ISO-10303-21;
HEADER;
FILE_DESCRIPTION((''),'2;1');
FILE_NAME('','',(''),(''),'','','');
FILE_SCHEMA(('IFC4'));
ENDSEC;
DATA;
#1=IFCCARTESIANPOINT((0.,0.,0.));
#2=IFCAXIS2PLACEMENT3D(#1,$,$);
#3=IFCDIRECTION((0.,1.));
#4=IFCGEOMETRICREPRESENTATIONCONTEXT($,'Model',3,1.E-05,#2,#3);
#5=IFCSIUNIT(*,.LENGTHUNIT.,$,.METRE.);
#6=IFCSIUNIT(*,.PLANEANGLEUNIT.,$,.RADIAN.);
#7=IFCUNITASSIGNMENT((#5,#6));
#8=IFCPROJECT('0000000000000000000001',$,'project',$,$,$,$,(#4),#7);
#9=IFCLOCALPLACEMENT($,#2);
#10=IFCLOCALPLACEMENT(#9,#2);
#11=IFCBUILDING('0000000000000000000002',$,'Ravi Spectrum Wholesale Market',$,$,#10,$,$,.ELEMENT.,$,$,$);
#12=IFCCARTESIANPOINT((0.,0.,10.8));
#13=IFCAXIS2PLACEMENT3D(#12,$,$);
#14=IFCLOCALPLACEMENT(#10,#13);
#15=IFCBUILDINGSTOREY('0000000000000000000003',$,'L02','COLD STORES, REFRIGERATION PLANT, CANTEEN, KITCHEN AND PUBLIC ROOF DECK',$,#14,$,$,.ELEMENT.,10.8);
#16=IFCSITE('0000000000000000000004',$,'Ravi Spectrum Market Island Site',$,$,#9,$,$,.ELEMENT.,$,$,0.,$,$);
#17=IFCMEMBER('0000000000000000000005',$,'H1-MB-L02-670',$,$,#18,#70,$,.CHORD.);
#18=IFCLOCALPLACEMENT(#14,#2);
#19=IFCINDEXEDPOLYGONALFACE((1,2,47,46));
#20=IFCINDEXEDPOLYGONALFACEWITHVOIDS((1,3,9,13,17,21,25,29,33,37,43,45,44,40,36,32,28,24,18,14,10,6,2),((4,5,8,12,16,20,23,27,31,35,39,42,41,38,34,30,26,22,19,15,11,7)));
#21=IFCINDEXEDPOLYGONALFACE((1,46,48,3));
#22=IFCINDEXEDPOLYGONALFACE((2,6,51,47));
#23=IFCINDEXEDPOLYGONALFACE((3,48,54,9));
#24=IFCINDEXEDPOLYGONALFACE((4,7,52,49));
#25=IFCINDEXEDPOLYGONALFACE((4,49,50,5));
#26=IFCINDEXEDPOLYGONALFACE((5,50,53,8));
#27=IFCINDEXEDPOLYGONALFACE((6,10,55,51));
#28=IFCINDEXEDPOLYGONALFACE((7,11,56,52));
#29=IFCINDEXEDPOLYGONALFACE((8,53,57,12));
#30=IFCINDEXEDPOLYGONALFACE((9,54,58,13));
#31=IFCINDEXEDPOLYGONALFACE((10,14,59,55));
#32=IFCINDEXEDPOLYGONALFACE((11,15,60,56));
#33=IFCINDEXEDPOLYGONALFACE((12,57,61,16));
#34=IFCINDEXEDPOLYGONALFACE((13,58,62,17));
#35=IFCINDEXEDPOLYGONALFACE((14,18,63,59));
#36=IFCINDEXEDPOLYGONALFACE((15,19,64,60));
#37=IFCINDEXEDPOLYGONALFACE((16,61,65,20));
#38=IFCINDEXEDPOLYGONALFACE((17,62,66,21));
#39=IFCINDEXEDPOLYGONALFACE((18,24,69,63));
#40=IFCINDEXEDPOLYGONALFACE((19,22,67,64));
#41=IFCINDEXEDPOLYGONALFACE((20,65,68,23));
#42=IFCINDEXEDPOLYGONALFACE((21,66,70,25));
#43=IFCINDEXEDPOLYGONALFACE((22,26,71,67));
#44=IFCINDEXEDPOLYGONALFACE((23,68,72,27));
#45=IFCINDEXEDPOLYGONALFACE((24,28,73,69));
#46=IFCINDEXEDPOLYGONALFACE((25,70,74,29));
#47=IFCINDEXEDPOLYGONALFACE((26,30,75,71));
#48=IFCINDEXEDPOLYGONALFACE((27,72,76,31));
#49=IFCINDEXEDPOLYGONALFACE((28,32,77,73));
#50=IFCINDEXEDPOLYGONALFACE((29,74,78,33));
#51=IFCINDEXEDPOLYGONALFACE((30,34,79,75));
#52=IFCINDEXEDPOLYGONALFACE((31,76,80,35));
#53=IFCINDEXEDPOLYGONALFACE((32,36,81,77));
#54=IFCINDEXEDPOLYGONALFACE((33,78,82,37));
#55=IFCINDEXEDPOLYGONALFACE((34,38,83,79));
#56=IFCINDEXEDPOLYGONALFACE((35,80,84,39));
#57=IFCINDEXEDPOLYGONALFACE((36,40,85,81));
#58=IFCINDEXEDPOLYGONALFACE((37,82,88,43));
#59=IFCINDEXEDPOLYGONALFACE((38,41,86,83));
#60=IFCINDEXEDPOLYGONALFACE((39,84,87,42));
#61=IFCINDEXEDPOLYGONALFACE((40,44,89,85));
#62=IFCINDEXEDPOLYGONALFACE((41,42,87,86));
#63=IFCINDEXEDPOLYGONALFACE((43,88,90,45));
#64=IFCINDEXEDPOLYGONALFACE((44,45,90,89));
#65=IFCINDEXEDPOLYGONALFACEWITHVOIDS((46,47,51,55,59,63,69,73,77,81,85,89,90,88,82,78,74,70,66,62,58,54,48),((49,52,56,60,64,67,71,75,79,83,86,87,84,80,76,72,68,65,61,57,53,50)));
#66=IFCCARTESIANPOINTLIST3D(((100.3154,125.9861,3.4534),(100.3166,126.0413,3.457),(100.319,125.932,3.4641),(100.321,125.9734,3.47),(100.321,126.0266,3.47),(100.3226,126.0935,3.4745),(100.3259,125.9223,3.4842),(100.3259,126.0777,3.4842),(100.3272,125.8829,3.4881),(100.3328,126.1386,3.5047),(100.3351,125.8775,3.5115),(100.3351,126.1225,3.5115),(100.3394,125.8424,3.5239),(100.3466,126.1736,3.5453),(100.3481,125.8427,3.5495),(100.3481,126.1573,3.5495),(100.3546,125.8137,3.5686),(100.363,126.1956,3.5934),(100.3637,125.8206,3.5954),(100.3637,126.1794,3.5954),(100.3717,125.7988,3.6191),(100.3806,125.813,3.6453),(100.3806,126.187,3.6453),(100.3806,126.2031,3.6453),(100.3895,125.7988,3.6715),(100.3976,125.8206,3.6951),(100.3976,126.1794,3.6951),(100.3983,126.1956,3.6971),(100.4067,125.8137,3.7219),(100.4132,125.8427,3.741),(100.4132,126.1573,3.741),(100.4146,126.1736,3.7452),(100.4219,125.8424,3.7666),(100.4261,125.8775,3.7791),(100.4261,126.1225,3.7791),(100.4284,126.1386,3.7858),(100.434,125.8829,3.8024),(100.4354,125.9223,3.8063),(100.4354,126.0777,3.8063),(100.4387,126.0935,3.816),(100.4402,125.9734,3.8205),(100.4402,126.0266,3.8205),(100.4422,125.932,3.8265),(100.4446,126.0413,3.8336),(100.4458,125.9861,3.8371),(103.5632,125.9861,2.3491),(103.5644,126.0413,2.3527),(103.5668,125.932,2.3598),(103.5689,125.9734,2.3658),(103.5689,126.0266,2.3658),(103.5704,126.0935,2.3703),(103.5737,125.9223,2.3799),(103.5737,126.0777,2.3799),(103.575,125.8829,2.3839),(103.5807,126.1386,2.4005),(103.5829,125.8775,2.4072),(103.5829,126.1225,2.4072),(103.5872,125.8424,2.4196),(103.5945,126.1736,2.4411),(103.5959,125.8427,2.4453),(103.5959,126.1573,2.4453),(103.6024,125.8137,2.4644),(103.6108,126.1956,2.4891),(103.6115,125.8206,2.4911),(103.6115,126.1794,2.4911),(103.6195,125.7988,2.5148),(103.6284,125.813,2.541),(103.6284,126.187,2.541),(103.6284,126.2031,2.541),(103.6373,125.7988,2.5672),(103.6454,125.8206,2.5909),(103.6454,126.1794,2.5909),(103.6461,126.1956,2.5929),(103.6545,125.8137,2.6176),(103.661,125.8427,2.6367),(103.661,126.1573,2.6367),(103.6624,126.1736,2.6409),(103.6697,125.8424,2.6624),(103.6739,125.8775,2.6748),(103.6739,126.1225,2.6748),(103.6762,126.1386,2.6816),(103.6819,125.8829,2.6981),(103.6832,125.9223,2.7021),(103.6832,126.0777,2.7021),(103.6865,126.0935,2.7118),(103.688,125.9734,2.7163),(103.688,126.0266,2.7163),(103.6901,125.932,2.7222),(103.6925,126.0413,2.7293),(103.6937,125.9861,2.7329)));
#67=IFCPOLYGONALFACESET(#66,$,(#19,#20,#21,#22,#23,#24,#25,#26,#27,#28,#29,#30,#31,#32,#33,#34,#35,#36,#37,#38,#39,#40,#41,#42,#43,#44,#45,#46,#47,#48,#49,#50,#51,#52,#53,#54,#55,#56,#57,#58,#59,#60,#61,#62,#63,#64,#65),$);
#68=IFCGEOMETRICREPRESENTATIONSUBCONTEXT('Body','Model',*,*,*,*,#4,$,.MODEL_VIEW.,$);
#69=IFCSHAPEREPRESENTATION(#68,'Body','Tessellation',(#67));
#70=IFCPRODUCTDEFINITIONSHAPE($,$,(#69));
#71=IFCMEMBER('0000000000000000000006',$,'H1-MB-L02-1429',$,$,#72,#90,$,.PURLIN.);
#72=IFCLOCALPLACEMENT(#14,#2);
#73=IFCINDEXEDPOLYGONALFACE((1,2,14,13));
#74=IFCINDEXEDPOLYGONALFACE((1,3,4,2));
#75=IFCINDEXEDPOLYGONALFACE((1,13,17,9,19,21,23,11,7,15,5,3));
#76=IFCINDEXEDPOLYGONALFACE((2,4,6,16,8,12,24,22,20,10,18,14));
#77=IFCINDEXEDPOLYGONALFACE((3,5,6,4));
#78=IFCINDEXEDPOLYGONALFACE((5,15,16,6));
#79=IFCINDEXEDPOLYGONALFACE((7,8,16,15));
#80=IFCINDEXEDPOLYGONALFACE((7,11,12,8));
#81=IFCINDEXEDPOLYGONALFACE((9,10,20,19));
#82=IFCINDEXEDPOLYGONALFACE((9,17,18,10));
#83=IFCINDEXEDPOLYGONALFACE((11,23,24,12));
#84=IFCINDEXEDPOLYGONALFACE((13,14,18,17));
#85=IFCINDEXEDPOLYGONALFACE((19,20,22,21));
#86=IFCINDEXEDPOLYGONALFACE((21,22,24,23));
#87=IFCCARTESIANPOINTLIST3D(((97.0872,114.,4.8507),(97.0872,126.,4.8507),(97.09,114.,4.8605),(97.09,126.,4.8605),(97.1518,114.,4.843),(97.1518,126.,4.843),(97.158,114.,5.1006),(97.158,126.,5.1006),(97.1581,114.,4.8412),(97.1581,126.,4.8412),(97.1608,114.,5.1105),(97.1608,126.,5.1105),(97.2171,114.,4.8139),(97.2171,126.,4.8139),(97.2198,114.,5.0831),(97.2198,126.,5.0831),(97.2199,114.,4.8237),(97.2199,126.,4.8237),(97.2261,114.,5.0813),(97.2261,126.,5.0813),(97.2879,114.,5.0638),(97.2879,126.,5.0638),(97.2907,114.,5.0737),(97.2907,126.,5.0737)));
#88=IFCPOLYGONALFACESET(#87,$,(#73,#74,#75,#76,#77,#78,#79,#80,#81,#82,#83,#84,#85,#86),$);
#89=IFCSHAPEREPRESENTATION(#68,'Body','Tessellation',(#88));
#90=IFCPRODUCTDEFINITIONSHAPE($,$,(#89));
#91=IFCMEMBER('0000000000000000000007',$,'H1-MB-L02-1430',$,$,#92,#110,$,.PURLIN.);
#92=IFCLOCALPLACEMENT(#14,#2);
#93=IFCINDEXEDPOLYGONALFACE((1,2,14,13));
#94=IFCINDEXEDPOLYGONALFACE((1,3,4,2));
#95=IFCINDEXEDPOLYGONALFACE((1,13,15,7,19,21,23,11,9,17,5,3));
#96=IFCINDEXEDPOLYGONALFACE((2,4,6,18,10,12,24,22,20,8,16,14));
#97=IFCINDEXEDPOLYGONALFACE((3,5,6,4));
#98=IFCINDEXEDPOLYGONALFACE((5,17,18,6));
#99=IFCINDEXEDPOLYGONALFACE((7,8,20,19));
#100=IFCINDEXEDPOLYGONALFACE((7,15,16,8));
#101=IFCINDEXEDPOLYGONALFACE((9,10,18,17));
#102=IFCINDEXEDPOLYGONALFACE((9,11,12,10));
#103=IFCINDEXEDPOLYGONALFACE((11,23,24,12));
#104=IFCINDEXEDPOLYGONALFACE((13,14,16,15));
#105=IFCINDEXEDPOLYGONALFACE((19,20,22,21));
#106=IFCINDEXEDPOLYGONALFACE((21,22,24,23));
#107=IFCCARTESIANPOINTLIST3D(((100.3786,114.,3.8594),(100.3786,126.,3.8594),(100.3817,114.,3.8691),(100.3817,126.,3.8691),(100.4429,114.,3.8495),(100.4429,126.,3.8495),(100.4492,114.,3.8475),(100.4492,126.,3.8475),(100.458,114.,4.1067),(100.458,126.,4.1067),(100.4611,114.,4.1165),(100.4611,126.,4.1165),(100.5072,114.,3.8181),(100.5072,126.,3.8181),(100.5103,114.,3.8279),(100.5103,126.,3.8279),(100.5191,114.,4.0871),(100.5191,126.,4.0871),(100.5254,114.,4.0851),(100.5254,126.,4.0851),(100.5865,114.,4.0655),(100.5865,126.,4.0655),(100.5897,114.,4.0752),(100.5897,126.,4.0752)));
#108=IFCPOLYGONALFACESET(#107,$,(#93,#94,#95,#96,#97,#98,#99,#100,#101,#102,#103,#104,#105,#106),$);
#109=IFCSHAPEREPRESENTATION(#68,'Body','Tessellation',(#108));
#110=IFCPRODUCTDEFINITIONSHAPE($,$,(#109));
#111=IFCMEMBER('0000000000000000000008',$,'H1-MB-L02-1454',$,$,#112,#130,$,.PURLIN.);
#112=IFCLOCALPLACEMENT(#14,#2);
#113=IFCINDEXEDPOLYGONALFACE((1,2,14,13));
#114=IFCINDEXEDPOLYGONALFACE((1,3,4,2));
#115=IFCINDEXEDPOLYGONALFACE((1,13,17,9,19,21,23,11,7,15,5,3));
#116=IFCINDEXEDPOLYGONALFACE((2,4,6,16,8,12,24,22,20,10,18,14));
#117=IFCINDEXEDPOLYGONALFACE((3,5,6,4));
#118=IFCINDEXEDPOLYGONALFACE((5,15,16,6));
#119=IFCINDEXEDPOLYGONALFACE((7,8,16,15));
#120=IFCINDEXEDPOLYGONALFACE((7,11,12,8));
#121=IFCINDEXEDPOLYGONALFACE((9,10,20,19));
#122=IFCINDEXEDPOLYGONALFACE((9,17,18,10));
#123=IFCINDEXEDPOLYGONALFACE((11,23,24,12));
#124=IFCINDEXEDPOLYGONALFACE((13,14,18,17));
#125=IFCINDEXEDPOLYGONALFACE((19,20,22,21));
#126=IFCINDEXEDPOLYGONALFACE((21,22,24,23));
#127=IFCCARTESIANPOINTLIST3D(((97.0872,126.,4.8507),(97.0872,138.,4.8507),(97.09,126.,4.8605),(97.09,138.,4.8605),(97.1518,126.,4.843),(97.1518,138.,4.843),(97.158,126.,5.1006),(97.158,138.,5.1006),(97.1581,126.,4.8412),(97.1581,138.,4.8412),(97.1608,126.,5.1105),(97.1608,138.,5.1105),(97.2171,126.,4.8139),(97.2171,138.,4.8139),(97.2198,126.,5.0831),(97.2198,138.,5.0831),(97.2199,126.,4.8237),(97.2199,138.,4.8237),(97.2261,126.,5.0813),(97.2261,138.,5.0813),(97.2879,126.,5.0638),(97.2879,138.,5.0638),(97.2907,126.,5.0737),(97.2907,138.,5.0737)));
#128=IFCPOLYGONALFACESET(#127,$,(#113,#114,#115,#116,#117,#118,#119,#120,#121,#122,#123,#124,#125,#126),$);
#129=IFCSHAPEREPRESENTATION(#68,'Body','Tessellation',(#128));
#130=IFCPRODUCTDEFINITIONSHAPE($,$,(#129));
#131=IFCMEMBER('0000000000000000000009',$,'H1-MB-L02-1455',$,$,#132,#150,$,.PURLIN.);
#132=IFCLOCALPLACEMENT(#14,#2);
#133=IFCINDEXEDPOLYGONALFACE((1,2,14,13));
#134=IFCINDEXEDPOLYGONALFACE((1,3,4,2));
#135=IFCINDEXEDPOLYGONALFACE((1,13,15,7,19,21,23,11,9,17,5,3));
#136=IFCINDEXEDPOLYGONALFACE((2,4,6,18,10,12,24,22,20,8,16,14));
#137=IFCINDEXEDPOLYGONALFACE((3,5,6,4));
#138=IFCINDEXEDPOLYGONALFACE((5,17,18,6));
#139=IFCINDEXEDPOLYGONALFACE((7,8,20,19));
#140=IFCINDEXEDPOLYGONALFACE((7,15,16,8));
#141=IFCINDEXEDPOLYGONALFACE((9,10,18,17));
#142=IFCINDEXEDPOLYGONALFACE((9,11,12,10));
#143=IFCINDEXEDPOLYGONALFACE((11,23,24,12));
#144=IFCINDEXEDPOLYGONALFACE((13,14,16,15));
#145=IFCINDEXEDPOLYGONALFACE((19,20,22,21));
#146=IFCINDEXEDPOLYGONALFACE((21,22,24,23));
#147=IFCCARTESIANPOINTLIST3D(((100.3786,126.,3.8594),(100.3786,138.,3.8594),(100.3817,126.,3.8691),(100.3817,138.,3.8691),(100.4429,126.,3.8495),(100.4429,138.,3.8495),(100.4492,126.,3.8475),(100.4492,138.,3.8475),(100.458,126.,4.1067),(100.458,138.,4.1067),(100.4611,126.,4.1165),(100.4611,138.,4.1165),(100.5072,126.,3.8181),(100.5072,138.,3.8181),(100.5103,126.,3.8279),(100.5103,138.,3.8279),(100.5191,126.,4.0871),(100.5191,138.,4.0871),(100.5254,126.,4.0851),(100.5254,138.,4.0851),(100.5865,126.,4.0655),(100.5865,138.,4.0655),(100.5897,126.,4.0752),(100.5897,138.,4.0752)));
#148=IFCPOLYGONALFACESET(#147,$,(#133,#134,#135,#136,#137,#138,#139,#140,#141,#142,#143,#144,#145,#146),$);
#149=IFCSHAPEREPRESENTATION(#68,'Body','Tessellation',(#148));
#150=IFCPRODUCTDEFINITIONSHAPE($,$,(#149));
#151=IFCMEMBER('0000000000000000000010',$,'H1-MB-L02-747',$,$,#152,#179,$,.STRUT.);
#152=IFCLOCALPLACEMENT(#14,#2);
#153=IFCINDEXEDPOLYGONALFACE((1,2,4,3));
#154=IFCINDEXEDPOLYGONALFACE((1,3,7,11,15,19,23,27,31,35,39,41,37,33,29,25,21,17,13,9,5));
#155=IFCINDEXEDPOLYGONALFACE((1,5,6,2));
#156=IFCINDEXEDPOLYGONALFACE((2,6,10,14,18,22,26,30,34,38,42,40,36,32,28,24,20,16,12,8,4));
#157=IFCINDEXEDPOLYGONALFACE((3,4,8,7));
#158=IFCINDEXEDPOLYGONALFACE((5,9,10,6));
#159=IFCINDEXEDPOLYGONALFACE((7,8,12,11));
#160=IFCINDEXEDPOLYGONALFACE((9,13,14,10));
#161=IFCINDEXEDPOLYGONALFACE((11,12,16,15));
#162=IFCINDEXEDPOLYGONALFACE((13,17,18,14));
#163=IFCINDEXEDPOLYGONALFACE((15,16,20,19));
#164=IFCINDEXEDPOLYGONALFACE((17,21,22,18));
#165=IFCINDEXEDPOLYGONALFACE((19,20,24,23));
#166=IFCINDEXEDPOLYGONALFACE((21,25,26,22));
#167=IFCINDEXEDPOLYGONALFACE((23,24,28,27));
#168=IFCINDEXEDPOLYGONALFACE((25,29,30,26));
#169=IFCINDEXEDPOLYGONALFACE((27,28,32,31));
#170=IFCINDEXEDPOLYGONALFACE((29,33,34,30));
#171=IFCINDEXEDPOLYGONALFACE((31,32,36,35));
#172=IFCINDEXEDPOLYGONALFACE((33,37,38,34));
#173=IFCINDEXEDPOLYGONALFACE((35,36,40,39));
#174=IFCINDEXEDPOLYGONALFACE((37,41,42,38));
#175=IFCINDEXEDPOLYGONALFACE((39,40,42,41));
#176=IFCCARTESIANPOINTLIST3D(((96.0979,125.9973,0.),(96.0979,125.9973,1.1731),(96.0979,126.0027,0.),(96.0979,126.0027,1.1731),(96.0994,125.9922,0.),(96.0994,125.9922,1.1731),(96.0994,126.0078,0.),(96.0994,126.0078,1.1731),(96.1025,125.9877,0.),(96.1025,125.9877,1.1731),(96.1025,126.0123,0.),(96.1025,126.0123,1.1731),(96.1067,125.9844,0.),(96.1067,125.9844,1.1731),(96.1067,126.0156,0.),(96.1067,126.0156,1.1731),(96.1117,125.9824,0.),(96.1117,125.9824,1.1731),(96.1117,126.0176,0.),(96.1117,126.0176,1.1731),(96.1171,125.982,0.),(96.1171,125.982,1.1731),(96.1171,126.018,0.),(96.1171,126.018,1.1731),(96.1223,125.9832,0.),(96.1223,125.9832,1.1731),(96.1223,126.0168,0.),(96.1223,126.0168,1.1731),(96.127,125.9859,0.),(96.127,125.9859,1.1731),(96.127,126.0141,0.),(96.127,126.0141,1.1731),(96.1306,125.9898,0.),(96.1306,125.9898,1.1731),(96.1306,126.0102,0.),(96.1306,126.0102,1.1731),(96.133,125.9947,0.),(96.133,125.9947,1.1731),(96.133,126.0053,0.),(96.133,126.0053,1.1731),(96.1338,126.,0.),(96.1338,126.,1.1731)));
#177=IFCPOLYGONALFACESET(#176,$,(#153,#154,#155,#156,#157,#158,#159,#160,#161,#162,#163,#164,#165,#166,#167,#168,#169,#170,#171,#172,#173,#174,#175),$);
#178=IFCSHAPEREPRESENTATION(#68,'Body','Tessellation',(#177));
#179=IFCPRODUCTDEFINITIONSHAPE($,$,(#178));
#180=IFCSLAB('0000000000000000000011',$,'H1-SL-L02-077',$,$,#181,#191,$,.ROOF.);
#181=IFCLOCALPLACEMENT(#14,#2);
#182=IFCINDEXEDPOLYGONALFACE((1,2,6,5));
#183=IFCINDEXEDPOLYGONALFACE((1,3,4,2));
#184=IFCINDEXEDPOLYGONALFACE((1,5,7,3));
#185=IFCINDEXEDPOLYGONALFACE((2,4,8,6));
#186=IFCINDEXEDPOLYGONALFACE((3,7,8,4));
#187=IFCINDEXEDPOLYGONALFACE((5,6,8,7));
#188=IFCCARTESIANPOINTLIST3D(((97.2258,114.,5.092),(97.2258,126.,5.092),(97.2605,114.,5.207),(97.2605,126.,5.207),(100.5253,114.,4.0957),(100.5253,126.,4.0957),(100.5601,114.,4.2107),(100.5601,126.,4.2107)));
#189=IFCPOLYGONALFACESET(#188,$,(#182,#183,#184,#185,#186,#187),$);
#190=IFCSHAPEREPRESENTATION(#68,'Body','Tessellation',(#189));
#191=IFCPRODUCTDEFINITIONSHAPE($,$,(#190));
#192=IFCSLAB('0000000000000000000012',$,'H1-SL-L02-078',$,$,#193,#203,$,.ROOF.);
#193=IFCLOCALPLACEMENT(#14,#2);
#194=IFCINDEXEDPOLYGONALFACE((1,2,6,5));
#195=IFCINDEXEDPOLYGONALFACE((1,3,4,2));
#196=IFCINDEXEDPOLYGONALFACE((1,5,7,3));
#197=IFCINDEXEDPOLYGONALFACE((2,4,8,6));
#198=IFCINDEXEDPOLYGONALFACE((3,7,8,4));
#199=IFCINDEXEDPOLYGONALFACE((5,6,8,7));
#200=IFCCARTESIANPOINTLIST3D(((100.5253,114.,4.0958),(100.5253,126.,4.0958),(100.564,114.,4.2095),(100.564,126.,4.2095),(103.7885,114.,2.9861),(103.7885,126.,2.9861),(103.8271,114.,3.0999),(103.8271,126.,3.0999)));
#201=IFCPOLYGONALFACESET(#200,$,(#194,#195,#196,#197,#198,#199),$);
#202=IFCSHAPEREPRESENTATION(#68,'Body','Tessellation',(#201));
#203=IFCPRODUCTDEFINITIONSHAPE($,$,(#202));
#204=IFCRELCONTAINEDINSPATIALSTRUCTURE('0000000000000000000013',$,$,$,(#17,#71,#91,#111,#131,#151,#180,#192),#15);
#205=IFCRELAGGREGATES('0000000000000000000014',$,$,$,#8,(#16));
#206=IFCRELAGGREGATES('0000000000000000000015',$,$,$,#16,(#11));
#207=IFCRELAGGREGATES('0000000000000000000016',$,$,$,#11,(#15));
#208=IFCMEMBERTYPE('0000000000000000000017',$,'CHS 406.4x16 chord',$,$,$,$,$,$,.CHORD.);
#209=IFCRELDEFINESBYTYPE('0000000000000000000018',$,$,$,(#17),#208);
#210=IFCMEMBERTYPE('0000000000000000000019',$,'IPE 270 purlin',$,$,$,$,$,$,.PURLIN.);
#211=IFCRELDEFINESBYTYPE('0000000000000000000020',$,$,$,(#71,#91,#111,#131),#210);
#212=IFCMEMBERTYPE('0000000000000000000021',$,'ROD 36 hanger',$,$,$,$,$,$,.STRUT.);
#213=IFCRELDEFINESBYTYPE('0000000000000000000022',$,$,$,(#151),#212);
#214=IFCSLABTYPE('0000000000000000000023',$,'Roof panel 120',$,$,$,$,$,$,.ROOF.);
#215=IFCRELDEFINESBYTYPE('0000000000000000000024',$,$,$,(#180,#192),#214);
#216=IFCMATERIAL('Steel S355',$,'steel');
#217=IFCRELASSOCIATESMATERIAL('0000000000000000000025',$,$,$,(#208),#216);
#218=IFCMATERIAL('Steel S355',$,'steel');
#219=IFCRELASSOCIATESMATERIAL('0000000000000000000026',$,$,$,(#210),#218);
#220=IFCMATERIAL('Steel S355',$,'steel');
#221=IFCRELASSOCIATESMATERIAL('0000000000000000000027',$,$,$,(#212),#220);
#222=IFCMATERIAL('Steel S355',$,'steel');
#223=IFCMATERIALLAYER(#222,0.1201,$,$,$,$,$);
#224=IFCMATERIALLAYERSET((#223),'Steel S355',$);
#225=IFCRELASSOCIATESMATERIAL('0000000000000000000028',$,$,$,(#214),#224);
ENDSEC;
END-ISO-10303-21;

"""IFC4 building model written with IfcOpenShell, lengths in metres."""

from ifc_helpers import new_model, si_unit, direction, frame, origin, origin_2d, place, context, subcontext, project, spatial, polyline, circle, hollow_circle, i_section, outline, extrude, material, layer, layer_set, material_profile, profile_set, type_object, element, save


model = new_model("IFC4")

# Units and contexts
model_context = context("Model", 3, precision=1e-05, world=origin(), true_north=direction((0.0, 1.0)))
body_context = subcontext(model_context, "Body", "Model", "MODEL_VIEW")
ifc_project = project(units=[si_unit("LENGTHUNIT", "METRE"), si_unit("PLANEANGLEUNIT", "RADIAN")], contexts=[model_context])

# Site, building, storey
site_placement = place(None, origin())
site = spatial("IfcSite", under=ifc_project, at=site_placement, Name="Ravi Spectrum Market Island Site", CompositionType="ELEMENT", RefElevation=0.0)
building_placement = place(site_placement, origin())
building = spatial("IfcBuilding", under=site, at=building_placement, Name="Ravi Spectrum Wholesale Market", CompositionType="ELEMENT")
storey_placement = place(building_placement, frame((0.0, 0.0, 10.8)))
storey = spatial("IfcBuildingStorey", under=building, at=storey_placement, Name="L02", Description="COLD STORES, REFRIGERATION PLANT, CANTEEN, KITCHEN AND PUBLIC ROOF DECK", CompositionType="ELEMENT", Elevation=10.8)

# Members
ifc_material_1 = material(Name="Steel S355", Category="steel")
ifc_material_profile_1 = material_profile(ifc_material_1, hollow_circle(Radius=0.2031, WallThickness=0.0161, at=origin_2d()))
ifc_profile_set_1 = profile_set([ifc_material_profile_1], Name="Steel S355")
member_type_1 = type_object("IfcMemberType", Name="CHS 406.4x16 chord", PredefinedType="CHORD", material=ifc_profile_set_1)
member_1_placement = place(storey_placement, frame((100.3806, 126.0, 3.6453), z_axis=(0.946773, 0.0, -0.321901), x_axis=(0.0, 1.0, 0.0)))
element("IfcMember", 1, at=member_1_placement, inside=storey, type_object=member_type_1, Name="H1-MB-L02-670", PredefinedType="CHORD", context=body_context, shape_type="SweptSolid", body=[
    extrude(hollow_circle(Radius=0.2031, WallThickness=0.0161, at=origin_2d()), origin(), (0.0, 0.0, 1.0), 3.4304),
])
ifc_material_2 = material(Name="Steel S355", Category="steel")
ifc_material_profile_2 = material_profile(ifc_material_2, i_section(OverallWidth=0.135, OverallDepth=0.27, WebThickness=0.0066, FlangeThickness=0.0103, at=origin_2d()))
ifc_profile_set_2 = profile_set([ifc_material_profile_2], Name="Steel S355")
member_type_2 = type_object("IfcMemberType", Name="IPE 270 purlin", PredefinedType="PURLIN", material=ifc_profile_set_2)
for number, where, z_axis, x_axis, name in (
    (2, (97.189, 114.0, 4.9622), (0.0, 1.0, 0.0), (-0.962156, 0.0, 0.272499), "H1-MB-L02-1429"),
    (3, (100.4841, 114.0, 3.9673), (0.0, 1.0, 0.0), (-0.952184, 0.0, 0.305524), "H1-MB-L02-1430"),
    (4, (97.189, 126.0, 4.9622), (0.0, 1.0, 0.0), (-0.962156, 0.0, 0.272499), "H1-MB-L02-1454"),
    (5, (100.4841, 126.0, 3.9673), (0.0, 1.0, 0.0), (-0.952184, 0.0, 0.305524), "H1-MB-L02-1455"),
):
    element("IfcMember", number, at=place(storey_placement, frame(where, z_axis=z_axis, x_axis=x_axis)), inside=storey, type_object=member_type_2, Name=name, PredefinedType="PURLIN", context=body_context, shape_type="SweptSolid", body=[
        extrude(i_section(OverallWidth=0.135, OverallDepth=0.27, WebThickness=0.0066, FlangeThickness=0.0103, at=origin_2d()), origin(), (0.0, 0.0, 1.0), 12.0),
    ])
ifc_material_3 = material(Name="Steel S355", Category="steel")
ifc_material_profile_3 = material_profile(ifc_material_3, circle(Radius=0.0181, at=origin_2d()))
ifc_profile_set_3 = profile_set([ifc_material_profile_3], Name="Steel S355")
member_type_3 = type_object("IfcMemberType", Name="ROD 36 hanger", PredefinedType="STRUT", material=ifc_profile_set_3)
member_2_placement = place(storey_placement, frame((96.1157, 126.0, 0.0), z_axis=(0.0, 0.0, 1.0), x_axis=(1.0, 0.0, 0.0)))
element("IfcMember", 6, at=member_2_placement, inside=storey, type_object=member_type_3, Name="H1-MB-L02-747", PredefinedType="STRUT", context=body_context, shape_type="SweptSolid", body=[
    extrude(circle(Radius=0.0181, at=origin_2d()), origin(), (0.0, 0.0, 1.0), 1.1731),
])

# Slabs
ifc_material_4 = material(Name="Steel S355", Category="steel")
ifc_layer_1 = layer(ifc_material_4, 0.1201)
ifc_layer_set_1 = layer_set([ifc_layer_1], Name="Steel S355")
slab_type = type_object("IfcSlabType", Name="Roof panel 120", PredefinedType="ROOF", material=ifc_layer_set_1)
slab_1_placement = place(storey_placement, frame((97.2605, 114.0, 5.207), z_axis=(0.28907, 0.0, 0.957308), x_axis=(0.957308, 0.0, -0.28907)))
element("IfcSlab", 7, at=slab_1_placement, inside=storey, type_object=slab_type, Name="H1-SL-L02-077", PredefinedType="ROOF", context=body_context, shape_type="SweptSolid", body=[
    extrude(outline(polyline([(0.0, 0.0), (3.4467, 0.0), (3.4467, 12.0), (0.0, 12.0), (0.0, 0.0)])), origin(), (0.0, 0.0, -1.0), 0.1201),
])
slab_2_placement = place(storey_placement, frame((100.564, 114.0, 4.2095), z_axis=(0.321938, 0.0, 0.946761), x_axis=(0.946761, 0.0, -0.321938)))
element("IfcSlab", 8, at=slab_2_placement, inside=storey, type_object=slab_type, Name="H1-SL-L02-078", PredefinedType="ROOF", context=body_context, shape_type="SweptSolid", body=[
    extrude(outline(polyline([(0.0, 0.0), (3.4467, 0.0), (3.4467, 12.0), (0.0, 12.0), (0.0, 0.0)])), origin(), (0.0, 0.0, -1.0), 0.1201),
])

save(model, "model.ifc")
